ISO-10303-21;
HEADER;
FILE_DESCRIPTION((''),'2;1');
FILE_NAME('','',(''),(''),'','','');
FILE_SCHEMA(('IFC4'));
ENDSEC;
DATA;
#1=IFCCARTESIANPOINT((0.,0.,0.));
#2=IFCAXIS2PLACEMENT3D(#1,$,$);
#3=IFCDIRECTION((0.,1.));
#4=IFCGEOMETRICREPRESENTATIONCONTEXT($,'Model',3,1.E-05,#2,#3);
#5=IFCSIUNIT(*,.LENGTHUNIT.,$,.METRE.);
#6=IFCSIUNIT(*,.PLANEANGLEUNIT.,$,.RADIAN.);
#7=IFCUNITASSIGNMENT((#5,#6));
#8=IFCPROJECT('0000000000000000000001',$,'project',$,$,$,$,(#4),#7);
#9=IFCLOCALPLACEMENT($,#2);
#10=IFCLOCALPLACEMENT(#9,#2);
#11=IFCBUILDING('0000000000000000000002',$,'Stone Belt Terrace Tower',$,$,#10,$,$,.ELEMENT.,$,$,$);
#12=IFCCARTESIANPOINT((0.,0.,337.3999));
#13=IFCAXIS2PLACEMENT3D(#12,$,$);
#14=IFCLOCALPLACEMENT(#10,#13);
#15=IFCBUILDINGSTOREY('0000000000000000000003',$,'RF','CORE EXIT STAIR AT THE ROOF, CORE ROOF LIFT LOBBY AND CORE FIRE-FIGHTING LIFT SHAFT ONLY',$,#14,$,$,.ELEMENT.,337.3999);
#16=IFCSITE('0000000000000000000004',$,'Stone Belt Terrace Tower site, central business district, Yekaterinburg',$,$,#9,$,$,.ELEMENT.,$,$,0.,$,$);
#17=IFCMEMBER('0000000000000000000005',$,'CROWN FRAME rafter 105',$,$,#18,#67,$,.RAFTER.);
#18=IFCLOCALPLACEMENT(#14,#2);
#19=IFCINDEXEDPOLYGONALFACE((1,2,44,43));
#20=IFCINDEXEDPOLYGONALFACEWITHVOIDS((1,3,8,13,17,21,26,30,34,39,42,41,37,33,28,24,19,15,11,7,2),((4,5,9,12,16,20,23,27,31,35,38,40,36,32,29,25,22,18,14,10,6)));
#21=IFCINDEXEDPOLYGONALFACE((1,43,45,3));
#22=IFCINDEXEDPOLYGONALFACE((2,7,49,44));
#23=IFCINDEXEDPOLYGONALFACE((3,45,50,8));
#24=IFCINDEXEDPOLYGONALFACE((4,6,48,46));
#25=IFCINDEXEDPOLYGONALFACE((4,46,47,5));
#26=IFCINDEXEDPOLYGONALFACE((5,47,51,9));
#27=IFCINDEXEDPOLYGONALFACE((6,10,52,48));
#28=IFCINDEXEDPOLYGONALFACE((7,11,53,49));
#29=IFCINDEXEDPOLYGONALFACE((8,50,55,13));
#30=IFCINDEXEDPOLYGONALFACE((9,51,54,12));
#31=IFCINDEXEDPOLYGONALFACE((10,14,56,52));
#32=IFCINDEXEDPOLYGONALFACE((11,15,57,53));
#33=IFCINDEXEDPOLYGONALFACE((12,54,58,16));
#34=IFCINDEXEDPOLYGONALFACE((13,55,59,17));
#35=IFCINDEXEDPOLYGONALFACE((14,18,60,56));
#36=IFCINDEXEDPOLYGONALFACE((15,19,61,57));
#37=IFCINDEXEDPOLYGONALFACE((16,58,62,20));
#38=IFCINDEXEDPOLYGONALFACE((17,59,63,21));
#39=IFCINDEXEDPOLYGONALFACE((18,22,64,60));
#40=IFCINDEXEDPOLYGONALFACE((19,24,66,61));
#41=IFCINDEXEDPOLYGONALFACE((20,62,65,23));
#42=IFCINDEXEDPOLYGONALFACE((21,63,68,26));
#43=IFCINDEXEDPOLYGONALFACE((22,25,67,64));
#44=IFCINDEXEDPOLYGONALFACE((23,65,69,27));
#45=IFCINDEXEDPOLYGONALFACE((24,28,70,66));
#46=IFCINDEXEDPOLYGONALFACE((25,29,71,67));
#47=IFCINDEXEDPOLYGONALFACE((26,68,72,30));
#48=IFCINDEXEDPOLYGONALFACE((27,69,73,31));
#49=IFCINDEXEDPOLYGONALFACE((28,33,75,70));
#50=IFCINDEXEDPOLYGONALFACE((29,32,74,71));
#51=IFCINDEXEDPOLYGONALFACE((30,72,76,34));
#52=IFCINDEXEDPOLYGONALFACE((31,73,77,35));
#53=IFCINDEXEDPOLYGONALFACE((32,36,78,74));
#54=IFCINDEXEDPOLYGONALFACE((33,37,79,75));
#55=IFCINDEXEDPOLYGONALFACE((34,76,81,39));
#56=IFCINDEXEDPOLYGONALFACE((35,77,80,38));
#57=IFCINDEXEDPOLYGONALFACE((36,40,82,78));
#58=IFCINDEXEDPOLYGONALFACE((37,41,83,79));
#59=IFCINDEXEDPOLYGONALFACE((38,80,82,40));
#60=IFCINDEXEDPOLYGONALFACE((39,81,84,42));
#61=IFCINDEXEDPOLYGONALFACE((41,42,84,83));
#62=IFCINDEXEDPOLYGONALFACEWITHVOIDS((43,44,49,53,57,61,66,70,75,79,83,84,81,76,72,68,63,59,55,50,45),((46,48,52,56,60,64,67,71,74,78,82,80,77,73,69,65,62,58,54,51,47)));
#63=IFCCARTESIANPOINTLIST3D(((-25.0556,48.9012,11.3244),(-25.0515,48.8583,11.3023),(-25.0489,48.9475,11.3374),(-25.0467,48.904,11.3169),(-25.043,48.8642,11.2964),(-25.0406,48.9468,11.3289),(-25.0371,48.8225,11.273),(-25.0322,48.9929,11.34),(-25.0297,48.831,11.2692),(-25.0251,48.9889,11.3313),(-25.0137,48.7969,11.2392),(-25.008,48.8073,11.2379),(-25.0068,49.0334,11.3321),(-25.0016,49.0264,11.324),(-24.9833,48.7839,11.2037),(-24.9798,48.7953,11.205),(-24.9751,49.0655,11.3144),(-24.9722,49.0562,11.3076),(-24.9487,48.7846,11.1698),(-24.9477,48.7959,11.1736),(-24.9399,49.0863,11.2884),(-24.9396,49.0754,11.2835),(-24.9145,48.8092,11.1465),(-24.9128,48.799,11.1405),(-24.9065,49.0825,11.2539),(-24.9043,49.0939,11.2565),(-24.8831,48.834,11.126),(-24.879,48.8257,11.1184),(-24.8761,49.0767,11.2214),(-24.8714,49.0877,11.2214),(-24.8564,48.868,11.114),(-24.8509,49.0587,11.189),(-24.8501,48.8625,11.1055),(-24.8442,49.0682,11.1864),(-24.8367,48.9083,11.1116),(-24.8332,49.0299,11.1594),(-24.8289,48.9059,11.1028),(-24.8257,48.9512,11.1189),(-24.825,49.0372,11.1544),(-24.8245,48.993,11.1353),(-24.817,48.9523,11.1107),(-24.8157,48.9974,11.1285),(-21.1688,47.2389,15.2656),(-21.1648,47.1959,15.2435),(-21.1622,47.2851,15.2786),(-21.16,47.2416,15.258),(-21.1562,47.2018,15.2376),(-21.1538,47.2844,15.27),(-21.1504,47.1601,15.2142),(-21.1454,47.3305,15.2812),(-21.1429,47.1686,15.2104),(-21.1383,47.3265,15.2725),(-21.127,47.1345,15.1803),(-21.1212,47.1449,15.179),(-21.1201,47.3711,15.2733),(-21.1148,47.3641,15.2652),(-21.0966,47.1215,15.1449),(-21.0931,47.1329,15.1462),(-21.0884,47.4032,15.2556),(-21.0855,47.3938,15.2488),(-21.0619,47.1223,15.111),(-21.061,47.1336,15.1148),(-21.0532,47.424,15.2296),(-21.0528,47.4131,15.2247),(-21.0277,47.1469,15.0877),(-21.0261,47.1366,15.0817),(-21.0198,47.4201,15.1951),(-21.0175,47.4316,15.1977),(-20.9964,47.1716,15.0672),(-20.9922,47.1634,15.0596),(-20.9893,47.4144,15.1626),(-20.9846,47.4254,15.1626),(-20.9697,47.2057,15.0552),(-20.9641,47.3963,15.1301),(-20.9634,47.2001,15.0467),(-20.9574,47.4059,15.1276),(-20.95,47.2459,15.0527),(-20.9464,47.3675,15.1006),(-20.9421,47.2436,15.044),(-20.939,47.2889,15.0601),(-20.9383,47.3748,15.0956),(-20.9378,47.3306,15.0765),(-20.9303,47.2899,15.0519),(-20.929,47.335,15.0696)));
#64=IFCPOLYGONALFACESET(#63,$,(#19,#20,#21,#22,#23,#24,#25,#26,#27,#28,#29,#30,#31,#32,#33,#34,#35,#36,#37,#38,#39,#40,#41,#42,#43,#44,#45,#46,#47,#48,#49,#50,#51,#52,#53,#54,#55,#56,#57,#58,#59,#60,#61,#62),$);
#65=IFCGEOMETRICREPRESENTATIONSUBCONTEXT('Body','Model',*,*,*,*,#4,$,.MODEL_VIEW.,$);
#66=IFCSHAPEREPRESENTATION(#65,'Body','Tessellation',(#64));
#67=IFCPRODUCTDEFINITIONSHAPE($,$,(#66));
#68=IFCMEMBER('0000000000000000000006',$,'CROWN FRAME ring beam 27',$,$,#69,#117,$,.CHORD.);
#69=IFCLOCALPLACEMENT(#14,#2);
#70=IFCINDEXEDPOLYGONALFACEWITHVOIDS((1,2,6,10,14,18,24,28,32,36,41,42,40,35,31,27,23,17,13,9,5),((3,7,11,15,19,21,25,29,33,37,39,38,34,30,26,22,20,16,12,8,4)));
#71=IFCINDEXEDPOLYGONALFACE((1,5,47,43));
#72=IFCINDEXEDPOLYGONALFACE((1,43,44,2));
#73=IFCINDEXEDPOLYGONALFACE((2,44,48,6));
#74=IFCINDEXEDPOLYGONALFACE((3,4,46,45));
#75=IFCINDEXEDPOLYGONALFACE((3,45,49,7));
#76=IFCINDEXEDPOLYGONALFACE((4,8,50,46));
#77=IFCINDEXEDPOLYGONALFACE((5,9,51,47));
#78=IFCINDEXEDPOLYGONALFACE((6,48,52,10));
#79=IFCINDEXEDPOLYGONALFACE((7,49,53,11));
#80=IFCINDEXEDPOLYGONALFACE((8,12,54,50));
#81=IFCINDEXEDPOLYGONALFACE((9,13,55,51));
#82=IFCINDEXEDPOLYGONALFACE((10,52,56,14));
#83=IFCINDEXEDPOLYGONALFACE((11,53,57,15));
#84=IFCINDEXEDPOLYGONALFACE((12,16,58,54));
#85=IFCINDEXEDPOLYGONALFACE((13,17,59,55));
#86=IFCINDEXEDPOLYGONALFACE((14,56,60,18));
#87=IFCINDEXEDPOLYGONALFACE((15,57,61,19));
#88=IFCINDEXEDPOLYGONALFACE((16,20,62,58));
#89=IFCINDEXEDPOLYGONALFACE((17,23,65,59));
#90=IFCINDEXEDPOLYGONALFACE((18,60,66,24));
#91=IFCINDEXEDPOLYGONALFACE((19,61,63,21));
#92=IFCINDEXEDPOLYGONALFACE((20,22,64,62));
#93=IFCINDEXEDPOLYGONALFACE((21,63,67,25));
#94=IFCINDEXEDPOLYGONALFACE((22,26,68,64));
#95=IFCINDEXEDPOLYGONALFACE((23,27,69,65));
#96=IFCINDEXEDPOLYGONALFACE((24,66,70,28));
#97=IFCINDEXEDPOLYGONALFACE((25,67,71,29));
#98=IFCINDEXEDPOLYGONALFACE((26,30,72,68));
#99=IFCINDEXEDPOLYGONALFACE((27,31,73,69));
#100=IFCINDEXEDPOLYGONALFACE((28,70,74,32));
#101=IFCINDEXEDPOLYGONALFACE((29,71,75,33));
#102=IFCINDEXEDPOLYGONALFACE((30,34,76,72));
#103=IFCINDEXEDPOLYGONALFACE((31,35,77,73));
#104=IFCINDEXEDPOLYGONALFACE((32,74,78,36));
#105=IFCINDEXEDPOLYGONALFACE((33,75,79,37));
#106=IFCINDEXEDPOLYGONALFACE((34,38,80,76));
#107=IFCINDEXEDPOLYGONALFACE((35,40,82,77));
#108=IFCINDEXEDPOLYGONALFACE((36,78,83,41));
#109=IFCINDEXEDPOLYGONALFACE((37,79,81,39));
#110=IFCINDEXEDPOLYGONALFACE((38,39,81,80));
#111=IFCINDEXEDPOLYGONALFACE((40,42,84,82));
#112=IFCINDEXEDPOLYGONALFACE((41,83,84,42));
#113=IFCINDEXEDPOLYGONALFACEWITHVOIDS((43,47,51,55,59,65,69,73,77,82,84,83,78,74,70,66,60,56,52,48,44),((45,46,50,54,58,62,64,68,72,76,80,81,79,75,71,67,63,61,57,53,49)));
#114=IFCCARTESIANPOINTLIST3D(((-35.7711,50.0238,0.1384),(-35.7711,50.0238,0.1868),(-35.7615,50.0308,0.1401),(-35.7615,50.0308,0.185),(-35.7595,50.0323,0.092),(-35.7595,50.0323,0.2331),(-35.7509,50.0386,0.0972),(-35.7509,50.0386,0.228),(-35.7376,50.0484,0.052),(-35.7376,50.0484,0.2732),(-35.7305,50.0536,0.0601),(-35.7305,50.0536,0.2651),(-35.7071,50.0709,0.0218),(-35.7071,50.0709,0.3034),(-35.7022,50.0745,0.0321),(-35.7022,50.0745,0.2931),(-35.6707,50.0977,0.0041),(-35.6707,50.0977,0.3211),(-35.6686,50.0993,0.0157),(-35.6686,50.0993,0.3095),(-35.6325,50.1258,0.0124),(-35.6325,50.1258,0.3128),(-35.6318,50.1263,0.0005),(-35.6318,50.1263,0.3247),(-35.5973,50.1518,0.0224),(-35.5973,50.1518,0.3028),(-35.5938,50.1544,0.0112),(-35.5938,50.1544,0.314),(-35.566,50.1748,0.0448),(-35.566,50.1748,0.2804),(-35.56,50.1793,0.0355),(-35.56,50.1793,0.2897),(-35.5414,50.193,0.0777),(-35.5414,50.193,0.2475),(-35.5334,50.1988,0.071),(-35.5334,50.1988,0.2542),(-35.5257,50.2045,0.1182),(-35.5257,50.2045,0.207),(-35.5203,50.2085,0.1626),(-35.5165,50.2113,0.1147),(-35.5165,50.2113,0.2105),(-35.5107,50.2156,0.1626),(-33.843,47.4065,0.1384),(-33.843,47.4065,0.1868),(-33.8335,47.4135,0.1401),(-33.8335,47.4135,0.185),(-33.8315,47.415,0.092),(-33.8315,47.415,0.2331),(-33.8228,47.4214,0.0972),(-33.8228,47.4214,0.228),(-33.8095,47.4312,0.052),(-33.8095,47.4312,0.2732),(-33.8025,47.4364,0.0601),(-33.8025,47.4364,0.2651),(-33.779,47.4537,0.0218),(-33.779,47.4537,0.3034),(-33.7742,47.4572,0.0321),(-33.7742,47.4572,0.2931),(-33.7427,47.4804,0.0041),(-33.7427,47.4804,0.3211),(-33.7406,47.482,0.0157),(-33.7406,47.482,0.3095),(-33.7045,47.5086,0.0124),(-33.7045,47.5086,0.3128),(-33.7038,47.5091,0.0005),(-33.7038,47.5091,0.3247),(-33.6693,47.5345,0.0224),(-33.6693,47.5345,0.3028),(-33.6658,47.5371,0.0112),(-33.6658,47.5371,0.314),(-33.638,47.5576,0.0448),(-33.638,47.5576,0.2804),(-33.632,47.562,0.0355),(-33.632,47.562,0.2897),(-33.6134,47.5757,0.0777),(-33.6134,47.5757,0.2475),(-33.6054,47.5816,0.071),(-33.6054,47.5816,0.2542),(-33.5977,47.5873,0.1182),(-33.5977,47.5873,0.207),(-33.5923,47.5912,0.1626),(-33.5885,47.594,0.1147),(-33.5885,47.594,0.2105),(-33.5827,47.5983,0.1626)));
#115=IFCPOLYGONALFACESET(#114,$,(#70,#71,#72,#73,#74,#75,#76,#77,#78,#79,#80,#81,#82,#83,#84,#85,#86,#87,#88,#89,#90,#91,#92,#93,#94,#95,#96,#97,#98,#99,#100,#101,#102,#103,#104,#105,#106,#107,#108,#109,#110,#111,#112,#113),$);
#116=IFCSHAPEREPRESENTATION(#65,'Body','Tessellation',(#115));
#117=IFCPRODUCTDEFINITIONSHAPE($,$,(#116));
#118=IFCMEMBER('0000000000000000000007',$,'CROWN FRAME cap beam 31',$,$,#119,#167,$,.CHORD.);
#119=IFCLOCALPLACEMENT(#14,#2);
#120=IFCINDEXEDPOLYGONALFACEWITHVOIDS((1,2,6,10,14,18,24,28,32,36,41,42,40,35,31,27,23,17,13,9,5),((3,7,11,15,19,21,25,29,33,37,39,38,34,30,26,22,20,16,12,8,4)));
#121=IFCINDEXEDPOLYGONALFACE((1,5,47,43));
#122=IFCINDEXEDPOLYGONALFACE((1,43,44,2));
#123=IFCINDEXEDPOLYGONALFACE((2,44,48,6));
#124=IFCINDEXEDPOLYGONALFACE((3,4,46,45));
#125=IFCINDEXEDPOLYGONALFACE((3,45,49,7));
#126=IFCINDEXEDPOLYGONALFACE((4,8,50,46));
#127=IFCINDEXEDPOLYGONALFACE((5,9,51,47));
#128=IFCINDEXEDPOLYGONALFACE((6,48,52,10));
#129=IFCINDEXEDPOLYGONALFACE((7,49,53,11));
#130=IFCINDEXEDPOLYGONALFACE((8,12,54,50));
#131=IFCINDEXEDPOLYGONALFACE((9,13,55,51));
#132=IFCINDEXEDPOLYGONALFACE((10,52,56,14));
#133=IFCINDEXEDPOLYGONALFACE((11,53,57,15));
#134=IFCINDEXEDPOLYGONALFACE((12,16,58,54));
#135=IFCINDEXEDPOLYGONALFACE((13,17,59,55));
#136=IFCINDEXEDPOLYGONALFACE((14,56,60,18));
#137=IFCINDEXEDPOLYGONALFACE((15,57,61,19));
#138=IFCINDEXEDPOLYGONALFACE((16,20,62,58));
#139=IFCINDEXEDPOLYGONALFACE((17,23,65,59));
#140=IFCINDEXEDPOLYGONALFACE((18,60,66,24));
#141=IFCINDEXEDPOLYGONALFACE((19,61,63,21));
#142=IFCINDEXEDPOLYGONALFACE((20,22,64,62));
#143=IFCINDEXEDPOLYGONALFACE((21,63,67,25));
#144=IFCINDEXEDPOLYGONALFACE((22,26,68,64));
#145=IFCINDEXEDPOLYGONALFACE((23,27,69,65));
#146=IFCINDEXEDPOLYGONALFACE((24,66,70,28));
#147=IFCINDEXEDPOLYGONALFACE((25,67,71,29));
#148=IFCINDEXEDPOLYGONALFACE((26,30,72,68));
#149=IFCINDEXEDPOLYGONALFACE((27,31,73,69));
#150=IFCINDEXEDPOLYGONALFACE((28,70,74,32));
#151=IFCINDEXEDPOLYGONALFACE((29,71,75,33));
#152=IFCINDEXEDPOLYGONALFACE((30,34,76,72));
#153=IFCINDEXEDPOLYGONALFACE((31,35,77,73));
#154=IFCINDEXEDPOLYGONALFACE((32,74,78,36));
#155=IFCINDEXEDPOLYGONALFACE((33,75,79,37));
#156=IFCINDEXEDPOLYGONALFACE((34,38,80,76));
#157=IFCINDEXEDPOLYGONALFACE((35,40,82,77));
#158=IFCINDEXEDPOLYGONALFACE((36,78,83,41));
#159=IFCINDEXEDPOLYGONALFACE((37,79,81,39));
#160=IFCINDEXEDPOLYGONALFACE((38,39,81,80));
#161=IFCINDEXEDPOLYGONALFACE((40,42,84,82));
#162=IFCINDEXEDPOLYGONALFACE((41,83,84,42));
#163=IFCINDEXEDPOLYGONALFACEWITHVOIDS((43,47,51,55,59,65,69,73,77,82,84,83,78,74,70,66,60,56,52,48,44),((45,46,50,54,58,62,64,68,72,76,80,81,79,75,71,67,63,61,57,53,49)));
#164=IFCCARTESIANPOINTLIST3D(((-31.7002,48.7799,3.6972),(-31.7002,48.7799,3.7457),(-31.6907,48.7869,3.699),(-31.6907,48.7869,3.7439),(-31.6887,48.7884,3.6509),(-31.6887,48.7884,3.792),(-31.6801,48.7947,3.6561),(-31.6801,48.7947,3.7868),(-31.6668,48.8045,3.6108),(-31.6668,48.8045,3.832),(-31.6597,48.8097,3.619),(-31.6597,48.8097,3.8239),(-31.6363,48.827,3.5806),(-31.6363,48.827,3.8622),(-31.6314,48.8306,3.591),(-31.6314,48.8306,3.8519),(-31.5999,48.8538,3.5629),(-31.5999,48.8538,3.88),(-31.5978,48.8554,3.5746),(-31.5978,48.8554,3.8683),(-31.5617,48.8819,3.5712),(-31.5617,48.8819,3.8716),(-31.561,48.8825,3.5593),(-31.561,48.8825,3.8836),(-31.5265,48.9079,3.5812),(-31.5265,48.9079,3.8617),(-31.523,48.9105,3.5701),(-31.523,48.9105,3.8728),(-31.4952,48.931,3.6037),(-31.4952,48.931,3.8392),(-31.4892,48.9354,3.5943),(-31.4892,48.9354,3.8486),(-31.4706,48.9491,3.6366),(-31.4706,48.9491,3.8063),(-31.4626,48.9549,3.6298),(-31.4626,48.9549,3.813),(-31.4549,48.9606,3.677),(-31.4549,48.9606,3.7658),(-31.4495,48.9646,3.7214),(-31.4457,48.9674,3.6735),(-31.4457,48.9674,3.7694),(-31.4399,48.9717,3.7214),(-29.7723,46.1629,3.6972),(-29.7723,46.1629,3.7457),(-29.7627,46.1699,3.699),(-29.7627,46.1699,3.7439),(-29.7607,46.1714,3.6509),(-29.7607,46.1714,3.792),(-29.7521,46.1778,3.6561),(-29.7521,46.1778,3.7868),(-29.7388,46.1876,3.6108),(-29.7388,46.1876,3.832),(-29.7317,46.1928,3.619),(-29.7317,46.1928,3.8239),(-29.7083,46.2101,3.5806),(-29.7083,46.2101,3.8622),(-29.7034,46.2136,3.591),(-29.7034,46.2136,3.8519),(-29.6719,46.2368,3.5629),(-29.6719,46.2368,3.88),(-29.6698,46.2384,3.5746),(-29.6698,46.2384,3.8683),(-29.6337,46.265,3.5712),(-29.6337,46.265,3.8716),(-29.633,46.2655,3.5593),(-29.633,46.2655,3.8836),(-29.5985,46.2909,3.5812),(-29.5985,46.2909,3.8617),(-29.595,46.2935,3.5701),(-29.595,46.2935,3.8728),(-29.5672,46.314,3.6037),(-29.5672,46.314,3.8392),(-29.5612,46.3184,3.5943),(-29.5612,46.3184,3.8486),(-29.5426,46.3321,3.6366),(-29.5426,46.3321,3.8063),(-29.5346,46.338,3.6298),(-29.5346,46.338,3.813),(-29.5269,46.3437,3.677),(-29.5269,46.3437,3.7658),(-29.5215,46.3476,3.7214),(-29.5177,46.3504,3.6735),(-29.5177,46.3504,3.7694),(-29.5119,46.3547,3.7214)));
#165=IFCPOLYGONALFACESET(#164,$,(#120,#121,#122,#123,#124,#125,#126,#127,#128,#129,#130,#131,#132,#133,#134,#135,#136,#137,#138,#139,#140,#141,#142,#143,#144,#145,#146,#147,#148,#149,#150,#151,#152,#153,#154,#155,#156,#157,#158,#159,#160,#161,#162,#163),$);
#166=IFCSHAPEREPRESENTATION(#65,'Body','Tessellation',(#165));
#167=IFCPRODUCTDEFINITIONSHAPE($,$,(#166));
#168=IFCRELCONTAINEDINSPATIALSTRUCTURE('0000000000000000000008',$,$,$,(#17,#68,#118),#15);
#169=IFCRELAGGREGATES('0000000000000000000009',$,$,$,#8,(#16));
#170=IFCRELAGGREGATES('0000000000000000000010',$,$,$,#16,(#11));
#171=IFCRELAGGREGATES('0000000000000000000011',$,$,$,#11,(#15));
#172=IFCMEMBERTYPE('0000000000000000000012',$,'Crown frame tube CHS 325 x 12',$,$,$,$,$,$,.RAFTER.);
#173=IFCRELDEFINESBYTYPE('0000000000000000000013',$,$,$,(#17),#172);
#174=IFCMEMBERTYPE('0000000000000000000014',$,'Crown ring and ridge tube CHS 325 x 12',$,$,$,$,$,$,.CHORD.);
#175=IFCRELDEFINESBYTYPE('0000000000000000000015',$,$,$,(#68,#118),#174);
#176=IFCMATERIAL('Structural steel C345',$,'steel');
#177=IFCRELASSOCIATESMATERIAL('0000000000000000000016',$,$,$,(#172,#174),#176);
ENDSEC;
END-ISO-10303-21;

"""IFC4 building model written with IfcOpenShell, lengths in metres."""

from ifc_helpers import new_model, si_unit, direction, frame, origin, origin_2d, place, context, subcontext, project, spatial, hollow_circle, extrude, material, material_profile, profile_set, type_object, element, save


model = new_model("IFC4")

# Units and contexts
model_context = context("Model", 3, precision=1e-05, world=origin(), true_north=direction((0.0, 1.0)))
body_context = subcontext(model_context, "Body", "Model", "MODEL_VIEW")
ifc_project = project(units=[si_unit("LENGTHUNIT", "METRE"), si_unit("PLANEANGLEUNIT", "RADIAN")], contexts=[model_context])

# Site, building, storey
site_placement = place(None, origin())
site = spatial("IfcSite", under=ifc_project, at=site_placement, Name="Stone Belt Terrace Tower site, central business district, Yekaterinburg", CompositionType="ELEMENT", RefElevation=0.0)
building_placement = place(site_placement, origin())
building = spatial("IfcBuilding", under=site, at=building_placement, Name="Stone Belt Terrace Tower", CompositionType="ELEMENT")
storey_placement = place(building_placement, frame((0.0, 0.0, 337.3999)))
storey = spatial("IfcBuildingStorey", under=building, at=storey_placement, Name="RF", Description="CORE EXIT STAIR AT THE ROOF, CORE ROOF LIFT LOBBY AND CORE FIRE-FIGHTING LIFT SHAFT ONLY", CompositionType="ELEMENT", Elevation=337.3999)

# Members
ifc_material_1 = material(Name="Structural steel C345", Category="steel")
ifc_material_profile_1 = material_profile(ifc_material_1, hollow_circle(Radius=0.1626, WallThickness=0.012, at=origin_2d()), Name="Structural steel C345 CHS 325x12")
ifc_profile_set_1 = profile_set([ifc_material_profile_1], Name="Structural steel C345")
member_type_1 = type_object("IfcMemberType", Name="Crown frame tube CHS 325 x 12", PredefinedType="RAFTER", material=ifc_profile_set_1)
member_1_placement = place(storey_placement, frame((-24.9353, 48.9382, 11.2214), z_axis=(0.672499, -0.287629, 0.68192), x_axis=(0.393243, 0.919435, 0.0)))
element("IfcMember", 1, at=member_1_placement, inside=storey, type_object=member_type_1, Name="CROWN FRAME rafter 105", PredefinedType="RAFTER", context=body_context, shape_type="SweptSolid", body=[
    extrude(hollow_circle(Radius=0.1626, WallThickness=0.012, at=origin_2d()), origin(), (0.0, 0.0, 1.0), 5.7795),
])
ifc_material_profile_2 = material_profile(ifc_material_1, hollow_circle(Radius=0.1626, WallThickness=0.012, at=origin_2d()), Name="Structural steel C345 CHS 325x12")
ifc_profile_set_2 = profile_set([ifc_material_profile_2], Name="Structural steel C345")
member_type_2 = type_object("IfcMemberType", Name="Crown ring and ridge tube CHS 325 x 12", PredefinedType="CHORD", material=ifc_profile_set_2)
member_2_placement = place(storey_placement, frame((-35.6416, 50.1191, 0.1626), z_axis=(0.593104, -0.805126, 0.0), x_axis=(0.805126, 0.593104, 0.0)))
element("IfcMember", 2, at=member_2_placement, inside=storey, type_object=member_type_2, Name="CROWN FRAME ring beam 27", PredefinedType="CHORD", context=body_context, shape_type="SweptSolid", body=[
    extrude(hollow_circle(Radius=0.1626, WallThickness=0.012, at=origin_2d()), origin(), (0.0, 0.0, 1.0), 3.2507),
])
member_3_placement = place(storey_placement, frame((-31.5708, 48.8752, 3.7214), z_axis=(0.59314, -0.805099, 0.0), x_axis=(0.805099, 0.59314, 0.0)))
element("IfcMember", 3, at=member_3_placement, inside=storey, type_object=member_type_2, Name="CROWN FRAME cap beam 31", PredefinedType="CHORD", context=body_context, shape_type="SweptSolid", body=[
    extrude(hollow_circle(Radius=0.1626, WallThickness=0.012, at=origin_2d()), origin(), (0.0, 0.0, 1.0), 3.2505),
])

save(model, "model.ifc")
